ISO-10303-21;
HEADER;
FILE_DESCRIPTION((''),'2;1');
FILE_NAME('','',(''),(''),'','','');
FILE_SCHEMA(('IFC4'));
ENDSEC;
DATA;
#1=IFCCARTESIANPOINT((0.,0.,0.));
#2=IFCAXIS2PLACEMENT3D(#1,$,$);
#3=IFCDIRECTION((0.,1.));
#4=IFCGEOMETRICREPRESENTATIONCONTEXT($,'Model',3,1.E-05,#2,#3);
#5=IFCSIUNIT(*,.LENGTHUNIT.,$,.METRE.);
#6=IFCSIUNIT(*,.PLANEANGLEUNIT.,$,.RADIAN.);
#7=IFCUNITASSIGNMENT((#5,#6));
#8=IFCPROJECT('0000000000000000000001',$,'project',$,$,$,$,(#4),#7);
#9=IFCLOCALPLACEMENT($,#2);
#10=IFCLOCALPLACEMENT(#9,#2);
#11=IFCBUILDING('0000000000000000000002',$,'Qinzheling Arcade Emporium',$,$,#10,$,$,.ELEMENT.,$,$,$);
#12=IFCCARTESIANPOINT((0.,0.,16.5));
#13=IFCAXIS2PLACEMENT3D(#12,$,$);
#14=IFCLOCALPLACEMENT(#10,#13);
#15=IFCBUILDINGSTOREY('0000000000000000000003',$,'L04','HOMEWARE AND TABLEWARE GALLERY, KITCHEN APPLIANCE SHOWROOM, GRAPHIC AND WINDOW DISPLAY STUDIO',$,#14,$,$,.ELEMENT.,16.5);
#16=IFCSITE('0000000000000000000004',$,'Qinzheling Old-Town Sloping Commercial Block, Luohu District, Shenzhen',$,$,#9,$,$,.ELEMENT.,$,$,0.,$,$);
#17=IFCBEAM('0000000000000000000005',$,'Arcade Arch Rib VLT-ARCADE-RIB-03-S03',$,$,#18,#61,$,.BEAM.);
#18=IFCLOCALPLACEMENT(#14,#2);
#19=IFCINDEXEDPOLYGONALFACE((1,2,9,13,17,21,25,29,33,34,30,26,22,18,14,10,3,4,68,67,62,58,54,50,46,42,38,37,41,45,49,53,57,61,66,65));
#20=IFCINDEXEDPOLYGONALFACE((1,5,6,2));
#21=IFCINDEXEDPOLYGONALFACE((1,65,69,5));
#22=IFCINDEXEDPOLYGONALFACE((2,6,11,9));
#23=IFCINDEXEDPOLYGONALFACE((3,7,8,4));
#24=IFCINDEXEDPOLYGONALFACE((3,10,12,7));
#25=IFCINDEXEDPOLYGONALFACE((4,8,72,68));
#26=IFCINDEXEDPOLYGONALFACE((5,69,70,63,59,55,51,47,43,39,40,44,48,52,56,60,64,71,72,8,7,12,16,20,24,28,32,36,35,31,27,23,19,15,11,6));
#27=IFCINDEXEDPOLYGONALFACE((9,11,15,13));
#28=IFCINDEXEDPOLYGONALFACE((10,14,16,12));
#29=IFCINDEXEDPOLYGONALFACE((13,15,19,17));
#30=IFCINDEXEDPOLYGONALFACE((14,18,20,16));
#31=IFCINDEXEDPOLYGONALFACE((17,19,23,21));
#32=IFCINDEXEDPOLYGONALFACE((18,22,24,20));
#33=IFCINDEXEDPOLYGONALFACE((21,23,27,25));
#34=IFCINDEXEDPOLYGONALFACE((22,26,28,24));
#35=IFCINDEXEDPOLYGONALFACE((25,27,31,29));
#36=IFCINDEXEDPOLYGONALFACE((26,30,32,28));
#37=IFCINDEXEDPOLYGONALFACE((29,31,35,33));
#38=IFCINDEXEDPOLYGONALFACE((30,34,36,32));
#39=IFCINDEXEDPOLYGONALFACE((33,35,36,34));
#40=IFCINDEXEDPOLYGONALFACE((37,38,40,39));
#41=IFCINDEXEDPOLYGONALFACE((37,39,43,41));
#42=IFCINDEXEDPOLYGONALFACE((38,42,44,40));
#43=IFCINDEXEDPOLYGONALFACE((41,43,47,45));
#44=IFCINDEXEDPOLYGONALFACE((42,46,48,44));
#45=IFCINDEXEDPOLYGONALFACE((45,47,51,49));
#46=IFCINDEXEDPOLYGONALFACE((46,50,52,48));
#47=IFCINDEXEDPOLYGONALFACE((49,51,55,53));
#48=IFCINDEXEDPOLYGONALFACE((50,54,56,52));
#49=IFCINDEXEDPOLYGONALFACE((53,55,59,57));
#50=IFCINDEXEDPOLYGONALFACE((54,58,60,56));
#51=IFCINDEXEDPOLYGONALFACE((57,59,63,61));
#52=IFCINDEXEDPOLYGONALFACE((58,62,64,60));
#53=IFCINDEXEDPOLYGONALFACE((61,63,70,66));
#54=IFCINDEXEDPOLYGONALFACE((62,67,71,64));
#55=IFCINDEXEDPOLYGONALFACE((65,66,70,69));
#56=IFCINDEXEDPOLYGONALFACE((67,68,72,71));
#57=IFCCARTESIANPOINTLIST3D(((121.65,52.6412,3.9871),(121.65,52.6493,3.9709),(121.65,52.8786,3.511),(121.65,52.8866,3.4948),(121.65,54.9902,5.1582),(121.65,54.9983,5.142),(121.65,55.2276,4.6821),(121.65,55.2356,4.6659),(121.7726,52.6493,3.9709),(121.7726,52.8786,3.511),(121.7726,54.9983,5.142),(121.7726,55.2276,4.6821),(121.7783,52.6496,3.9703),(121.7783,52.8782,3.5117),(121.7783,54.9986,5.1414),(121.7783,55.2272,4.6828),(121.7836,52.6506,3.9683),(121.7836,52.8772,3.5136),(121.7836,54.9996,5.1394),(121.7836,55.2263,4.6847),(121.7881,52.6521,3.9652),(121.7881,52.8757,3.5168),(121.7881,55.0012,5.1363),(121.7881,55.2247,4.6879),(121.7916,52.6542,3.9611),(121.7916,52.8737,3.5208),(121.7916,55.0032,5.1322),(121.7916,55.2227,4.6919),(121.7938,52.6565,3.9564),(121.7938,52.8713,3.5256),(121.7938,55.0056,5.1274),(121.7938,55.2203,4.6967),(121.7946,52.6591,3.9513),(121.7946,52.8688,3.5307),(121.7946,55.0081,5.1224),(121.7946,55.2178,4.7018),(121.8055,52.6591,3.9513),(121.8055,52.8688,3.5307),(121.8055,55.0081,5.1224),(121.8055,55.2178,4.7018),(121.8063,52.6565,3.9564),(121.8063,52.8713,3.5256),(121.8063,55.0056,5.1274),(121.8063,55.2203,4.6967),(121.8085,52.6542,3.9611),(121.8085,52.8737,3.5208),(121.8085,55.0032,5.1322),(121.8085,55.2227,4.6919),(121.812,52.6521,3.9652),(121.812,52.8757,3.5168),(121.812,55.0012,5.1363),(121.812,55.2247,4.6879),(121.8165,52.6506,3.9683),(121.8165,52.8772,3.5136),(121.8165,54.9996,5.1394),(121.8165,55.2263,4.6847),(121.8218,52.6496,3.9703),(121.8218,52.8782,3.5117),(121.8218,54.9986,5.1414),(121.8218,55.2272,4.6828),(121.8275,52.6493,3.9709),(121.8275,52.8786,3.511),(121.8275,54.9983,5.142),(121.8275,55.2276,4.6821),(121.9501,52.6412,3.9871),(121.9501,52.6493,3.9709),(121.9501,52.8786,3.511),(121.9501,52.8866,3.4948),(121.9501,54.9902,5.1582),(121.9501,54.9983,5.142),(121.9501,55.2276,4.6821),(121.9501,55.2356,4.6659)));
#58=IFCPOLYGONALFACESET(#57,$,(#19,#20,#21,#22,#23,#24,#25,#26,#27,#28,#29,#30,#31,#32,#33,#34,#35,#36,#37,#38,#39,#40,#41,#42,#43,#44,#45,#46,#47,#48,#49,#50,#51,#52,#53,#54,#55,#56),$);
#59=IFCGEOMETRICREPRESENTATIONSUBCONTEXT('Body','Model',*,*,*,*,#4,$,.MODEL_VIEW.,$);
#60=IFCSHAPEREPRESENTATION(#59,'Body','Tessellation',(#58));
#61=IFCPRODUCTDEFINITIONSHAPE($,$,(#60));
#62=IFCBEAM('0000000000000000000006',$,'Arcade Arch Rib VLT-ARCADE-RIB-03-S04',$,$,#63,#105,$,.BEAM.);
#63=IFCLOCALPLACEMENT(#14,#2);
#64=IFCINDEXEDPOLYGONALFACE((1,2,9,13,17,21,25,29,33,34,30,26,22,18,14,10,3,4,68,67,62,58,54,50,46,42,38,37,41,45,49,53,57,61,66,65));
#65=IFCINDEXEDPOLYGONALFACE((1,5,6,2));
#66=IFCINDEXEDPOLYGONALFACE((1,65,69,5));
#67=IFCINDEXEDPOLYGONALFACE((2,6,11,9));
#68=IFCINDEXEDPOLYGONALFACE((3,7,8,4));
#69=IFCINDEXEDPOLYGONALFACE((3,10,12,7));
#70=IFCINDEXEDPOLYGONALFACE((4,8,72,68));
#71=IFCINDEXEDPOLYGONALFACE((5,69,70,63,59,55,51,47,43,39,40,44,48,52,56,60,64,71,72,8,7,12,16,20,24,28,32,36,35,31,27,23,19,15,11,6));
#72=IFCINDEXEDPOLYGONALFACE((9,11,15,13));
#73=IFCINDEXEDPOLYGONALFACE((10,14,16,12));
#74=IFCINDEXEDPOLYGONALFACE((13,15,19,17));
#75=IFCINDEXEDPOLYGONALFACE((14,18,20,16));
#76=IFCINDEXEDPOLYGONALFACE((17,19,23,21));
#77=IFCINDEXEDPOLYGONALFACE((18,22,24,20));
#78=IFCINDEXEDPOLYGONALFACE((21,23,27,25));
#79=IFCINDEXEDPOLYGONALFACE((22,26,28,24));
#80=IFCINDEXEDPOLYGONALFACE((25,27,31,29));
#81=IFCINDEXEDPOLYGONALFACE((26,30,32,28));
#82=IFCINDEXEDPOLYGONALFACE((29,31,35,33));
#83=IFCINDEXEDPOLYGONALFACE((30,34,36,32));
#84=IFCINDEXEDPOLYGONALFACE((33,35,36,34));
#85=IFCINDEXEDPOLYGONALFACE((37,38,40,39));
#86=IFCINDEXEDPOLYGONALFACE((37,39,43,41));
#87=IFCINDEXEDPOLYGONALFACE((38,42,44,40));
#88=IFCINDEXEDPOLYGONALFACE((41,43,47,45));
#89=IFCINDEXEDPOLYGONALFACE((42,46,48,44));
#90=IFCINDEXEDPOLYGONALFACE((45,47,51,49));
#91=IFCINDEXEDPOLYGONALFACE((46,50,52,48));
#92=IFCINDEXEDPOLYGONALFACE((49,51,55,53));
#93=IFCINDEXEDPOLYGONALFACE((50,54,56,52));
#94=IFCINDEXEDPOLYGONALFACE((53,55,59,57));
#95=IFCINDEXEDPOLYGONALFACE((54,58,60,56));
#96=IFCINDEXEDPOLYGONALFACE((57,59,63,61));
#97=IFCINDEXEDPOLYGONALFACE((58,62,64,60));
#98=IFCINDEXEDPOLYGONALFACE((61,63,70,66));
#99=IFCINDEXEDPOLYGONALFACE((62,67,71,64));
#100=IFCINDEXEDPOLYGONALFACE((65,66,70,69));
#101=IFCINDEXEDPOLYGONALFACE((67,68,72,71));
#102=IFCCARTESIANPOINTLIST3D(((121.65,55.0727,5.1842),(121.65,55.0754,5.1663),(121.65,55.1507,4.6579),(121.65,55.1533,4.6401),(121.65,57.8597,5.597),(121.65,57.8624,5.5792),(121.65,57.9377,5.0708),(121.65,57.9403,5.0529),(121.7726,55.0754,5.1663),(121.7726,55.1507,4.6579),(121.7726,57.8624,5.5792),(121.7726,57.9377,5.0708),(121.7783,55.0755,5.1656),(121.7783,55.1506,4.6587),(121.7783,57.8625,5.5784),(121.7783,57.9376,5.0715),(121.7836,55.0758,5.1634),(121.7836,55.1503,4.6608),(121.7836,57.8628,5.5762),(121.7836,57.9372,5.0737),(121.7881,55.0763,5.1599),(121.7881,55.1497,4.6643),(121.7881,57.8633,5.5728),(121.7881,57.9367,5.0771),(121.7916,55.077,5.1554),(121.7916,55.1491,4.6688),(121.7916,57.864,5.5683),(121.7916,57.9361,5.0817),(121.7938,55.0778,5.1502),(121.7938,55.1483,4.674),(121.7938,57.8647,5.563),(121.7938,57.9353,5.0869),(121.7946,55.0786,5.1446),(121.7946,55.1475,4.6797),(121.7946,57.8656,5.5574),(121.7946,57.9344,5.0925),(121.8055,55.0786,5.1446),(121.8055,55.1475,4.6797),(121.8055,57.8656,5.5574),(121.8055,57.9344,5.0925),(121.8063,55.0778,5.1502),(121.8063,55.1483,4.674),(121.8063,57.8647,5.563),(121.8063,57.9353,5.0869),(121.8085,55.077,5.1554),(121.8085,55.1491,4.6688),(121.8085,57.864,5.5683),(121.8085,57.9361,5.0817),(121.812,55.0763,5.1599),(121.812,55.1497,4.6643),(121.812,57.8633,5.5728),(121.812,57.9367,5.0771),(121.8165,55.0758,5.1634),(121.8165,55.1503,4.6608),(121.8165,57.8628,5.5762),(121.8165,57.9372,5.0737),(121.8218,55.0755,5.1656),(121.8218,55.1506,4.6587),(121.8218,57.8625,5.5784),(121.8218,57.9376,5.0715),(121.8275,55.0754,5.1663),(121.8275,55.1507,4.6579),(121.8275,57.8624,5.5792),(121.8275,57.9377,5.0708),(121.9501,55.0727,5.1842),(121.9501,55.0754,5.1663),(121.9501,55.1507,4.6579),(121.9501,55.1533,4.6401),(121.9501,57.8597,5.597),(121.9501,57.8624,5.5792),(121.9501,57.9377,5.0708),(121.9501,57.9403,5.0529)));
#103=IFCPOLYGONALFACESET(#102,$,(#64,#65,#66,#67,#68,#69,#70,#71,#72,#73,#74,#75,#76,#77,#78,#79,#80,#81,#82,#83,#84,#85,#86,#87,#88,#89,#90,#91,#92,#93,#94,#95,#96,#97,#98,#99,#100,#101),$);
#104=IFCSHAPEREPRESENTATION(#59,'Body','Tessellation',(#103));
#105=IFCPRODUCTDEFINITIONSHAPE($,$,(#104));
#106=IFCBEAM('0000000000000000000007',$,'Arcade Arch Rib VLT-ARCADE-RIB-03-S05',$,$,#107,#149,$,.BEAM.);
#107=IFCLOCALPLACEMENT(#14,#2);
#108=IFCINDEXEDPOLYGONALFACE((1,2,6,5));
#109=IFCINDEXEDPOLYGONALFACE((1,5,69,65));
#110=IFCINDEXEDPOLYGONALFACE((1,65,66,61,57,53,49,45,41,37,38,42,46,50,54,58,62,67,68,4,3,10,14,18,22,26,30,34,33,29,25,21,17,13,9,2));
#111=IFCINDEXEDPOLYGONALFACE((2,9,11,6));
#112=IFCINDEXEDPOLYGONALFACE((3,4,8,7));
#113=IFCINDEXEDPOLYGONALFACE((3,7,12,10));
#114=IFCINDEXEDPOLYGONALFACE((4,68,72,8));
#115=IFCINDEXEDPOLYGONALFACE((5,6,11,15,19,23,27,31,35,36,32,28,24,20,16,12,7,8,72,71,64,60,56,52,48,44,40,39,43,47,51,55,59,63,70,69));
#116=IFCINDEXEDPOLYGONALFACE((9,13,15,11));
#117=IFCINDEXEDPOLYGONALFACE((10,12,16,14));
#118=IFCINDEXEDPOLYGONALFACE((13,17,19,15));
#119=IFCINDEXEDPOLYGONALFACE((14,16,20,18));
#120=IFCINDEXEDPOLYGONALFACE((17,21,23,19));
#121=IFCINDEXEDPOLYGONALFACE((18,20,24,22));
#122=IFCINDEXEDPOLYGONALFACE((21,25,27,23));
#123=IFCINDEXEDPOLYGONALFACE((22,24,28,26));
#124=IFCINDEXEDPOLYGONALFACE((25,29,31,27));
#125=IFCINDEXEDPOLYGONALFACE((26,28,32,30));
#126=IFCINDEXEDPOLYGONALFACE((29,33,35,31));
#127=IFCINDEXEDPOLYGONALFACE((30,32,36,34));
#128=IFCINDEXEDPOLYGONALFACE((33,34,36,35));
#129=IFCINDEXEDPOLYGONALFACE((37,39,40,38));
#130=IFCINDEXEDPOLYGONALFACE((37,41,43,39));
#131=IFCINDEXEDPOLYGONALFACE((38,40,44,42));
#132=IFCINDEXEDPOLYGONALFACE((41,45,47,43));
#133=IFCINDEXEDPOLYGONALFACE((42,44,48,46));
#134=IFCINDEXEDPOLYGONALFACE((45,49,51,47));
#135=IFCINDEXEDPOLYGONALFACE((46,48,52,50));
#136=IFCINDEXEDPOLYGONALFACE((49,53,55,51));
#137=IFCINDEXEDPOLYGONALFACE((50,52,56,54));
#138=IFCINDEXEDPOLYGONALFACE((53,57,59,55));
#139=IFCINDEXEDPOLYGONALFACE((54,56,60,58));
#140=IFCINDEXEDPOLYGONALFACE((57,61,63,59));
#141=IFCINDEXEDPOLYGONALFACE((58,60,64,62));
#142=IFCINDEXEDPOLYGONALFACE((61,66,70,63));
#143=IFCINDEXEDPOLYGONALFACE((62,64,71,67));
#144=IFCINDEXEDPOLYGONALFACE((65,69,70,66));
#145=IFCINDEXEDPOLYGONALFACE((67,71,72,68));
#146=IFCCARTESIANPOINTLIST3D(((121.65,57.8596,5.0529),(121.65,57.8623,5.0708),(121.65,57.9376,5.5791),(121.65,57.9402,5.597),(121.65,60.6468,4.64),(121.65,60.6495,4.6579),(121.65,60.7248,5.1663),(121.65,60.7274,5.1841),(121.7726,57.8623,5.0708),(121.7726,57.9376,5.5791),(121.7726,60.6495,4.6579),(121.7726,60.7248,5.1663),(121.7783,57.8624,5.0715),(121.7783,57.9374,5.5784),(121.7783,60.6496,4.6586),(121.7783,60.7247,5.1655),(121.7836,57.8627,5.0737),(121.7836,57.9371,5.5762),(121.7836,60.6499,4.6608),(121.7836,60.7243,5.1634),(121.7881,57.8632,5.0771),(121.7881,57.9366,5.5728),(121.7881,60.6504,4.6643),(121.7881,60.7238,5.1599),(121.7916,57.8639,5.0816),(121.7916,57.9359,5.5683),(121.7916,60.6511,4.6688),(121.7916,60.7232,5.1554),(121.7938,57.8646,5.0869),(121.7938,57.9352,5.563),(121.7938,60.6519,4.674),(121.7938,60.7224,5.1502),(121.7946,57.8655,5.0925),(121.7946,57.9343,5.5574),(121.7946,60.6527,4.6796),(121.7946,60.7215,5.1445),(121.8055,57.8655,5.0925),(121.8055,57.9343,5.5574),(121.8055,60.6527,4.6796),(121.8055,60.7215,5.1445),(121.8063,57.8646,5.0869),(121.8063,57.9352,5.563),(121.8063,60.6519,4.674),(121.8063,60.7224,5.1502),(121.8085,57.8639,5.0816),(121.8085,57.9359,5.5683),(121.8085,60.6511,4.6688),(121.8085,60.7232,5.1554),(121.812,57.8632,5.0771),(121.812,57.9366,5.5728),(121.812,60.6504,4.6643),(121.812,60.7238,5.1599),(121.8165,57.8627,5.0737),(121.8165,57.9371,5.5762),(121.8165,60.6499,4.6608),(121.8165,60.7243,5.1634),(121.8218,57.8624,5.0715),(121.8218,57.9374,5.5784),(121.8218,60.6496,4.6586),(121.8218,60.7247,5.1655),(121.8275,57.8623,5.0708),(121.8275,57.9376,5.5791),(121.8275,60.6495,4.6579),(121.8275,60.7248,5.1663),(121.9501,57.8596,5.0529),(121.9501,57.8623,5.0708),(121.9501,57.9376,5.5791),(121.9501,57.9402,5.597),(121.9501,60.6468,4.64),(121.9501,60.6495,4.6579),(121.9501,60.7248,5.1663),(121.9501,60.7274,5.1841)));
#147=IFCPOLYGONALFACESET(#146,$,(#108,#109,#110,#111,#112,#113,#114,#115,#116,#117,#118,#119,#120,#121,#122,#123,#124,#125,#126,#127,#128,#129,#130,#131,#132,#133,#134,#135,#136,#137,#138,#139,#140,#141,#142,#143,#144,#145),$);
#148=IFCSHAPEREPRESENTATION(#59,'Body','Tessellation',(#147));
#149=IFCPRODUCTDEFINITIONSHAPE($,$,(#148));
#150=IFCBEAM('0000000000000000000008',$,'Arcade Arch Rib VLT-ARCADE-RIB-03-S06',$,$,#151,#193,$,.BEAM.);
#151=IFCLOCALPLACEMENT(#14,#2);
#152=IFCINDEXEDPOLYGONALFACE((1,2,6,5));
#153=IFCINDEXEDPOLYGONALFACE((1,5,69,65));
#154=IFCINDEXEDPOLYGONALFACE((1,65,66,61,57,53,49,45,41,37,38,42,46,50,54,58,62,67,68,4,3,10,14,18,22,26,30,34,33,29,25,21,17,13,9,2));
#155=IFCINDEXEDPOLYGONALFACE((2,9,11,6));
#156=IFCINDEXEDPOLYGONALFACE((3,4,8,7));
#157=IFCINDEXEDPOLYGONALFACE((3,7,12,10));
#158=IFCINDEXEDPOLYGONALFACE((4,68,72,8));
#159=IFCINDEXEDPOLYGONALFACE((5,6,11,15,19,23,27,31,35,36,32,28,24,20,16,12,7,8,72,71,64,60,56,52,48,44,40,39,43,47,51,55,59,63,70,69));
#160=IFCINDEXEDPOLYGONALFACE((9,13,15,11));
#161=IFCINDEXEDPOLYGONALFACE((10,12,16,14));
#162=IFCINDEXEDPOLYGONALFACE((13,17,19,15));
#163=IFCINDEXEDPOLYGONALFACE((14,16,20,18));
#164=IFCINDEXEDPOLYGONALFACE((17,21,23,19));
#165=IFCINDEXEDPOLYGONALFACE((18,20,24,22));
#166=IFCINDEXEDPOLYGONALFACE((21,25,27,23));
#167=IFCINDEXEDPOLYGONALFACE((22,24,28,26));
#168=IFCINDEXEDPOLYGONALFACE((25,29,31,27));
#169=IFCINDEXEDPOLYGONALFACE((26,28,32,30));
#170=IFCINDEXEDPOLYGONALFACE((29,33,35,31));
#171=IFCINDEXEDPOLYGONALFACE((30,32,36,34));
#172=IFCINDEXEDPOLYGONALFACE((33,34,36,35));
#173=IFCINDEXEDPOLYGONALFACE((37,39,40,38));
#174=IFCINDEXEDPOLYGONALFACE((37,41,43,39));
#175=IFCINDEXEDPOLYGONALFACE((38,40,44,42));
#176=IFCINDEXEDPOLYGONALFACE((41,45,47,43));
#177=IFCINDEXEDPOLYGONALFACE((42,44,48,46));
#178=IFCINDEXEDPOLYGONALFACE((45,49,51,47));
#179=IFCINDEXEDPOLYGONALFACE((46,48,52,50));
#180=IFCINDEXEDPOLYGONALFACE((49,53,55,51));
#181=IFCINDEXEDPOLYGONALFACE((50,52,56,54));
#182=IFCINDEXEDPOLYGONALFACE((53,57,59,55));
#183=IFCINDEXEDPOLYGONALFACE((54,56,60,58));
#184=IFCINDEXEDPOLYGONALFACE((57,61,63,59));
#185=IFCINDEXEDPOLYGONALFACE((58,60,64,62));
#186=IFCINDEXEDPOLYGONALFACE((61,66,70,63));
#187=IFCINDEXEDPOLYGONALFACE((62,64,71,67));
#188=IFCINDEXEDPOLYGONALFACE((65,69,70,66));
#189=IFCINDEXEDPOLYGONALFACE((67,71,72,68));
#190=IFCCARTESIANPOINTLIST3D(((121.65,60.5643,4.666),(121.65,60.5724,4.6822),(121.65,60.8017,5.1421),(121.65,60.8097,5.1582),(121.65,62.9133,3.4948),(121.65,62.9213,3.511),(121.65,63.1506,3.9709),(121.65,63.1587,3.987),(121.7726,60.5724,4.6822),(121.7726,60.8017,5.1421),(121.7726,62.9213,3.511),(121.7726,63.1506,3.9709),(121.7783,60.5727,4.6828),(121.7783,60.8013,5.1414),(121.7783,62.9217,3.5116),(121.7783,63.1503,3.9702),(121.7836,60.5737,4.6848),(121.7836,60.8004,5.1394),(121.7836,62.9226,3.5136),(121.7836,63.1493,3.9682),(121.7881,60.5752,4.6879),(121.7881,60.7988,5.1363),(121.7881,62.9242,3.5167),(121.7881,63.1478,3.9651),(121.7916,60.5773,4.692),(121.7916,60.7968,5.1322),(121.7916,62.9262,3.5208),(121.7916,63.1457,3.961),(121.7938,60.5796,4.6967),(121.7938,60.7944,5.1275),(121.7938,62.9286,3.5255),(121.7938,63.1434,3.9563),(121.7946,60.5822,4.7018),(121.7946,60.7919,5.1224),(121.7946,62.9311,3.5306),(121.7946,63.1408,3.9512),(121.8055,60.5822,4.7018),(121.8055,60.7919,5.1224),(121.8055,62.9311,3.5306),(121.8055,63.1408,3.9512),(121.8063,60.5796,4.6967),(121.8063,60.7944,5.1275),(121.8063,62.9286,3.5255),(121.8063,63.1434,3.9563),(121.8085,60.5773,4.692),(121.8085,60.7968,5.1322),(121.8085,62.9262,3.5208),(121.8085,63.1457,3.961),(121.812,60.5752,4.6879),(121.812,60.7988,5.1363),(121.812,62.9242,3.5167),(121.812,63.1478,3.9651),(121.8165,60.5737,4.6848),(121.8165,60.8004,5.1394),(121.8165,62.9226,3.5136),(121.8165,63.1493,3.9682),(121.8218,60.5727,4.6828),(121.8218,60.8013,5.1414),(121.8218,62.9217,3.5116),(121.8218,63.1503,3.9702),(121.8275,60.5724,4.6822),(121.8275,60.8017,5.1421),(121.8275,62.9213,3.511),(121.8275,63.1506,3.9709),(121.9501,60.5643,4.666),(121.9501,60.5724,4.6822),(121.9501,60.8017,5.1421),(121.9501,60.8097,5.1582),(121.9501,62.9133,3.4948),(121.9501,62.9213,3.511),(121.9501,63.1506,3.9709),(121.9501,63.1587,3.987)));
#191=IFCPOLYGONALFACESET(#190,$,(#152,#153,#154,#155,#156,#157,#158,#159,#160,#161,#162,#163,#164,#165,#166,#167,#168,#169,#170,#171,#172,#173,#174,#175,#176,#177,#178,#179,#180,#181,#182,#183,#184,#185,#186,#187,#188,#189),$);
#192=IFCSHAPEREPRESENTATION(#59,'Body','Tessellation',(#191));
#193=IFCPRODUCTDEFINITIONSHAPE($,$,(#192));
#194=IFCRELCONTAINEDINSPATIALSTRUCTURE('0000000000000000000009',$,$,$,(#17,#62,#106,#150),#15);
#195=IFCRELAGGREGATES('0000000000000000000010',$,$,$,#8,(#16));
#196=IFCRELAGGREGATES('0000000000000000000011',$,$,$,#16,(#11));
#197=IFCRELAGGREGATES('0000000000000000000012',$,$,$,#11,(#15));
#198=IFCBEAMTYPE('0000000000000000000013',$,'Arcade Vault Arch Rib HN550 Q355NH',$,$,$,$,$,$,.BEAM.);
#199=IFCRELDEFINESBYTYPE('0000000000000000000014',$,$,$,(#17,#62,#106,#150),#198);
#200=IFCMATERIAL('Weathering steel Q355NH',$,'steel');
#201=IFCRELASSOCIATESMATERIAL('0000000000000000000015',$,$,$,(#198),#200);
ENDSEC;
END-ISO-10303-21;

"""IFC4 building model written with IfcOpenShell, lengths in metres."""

from ifc_helpers import new_model, si_unit, direction, frame, origin, origin_2d, place, context, subcontext, project, spatial, i_section, extrude, material, material_profile, profile_set, type_object, element, save


model = new_model("IFC4")

# Units and contexts
model_context = context("Model", 3, precision=1e-05, world=origin(), true_north=direction((0.0, 1.0)))
body_context = subcontext(model_context, "Body", "Model", "MODEL_VIEW")
ifc_project = project(units=[si_unit("LENGTHUNIT", "METRE"), si_unit("PLANEANGLEUNIT", "RADIAN")], contexts=[model_context])

# Site, building, storey
site_placement = place(None, origin())
site = spatial("IfcSite", under=ifc_project, at=site_placement, Name="Qinzheling Old-Town Sloping Commercial Block, Luohu District, Shenzhen", CompositionType="ELEMENT", RefElevation=0.0)
building_placement = place(site_placement, origin())
building = spatial("IfcBuilding", under=site, at=building_placement, Name="Qinzheling Arcade Emporium", CompositionType="ELEMENT")
storey_placement = place(building_placement, frame((0.0, 0.0, 16.5)))
storey = spatial("IfcBuildingStorey", under=building, at=storey_placement, Name="L04", Description="HOMEWARE AND TABLEWARE GALLERY, KITCHEN APPLIANCE SHOWROOM, GRAPHIC AND WINDOW DISPLAY STUDIO", CompositionType="ELEMENT", Elevation=16.5)

# Shared definitions
ifc_material_1 = material(Name="Weathering steel Q355NH", Category="steel")

# Beams
ifc_material_profile_1 = material_profile(ifc_material_1, i_section(OverallWidth=0.3, OverallDepth=0.55, WebThickness=0.011, FlangeThickness=0.0181, FilletRadius=0.022, at=origin_2d()), Name="HN 550x300x11x18", Category="steel")
ifc_profile_set_1 = profile_set([ifc_material_profile_1], Name="Weathering steel Q355NH")
beam_type_1 = type_object("IfcBeamType", Name="Arcade Vault Arch Rib HN550 Q355NH", PredefinedType="BEAM", material=ifc_profile_set_1)
beam_1_placement = place(storey_placement, frame((121.8, 52.7639, 3.741), z_axis=(0.0, 0.894947, 0.446172), x_axis=(-1.0, 0.0, 0.0)))
element("IfcBeam", 1, at=beam_1_placement, inside=storey, type_object=beam_type_1, Name="Arcade Arch Rib VLT-ARCADE-RIB-03-S03", PredefinedType="BEAM", context=body_context, shape_type="SweptSolid", body=[
    extrude(i_section(OverallWidth=0.3, OverallDepth=0.55, WebThickness=0.011, FlangeThickness=0.0181, FilletRadius=0.022, at=origin_2d()), origin(), (0.0, 0.0, 1.0), 2.6248),
])
beam_2_placement = place(storey_placement, frame((121.8, 55.113, 4.9121), z_axis=(0.0, 0.989205, 0.146539), x_axis=(-1.0, 0.0, 0.0)))
element("IfcBeam", 2, at=beam_2_placement, inside=storey, type_object=beam_type_1, Name="Arcade Arch Rib VLT-ARCADE-RIB-03-S04", PredefinedType="BEAM", context=body_context, shape_type="SweptSolid", body=[
    extrude(i_section(OverallWidth=0.3, OverallDepth=0.55, WebThickness=0.011, FlangeThickness=0.0181, FilletRadius=0.022, at=origin_2d()), origin(), (0.0, 0.0, 1.0), 2.8174),
])
beam_3_placement = place(storey_placement, frame((121.8, 57.8999, 5.325), z_axis=(0.0, 0.989207, -0.146527), x_axis=(-1.0, 0.0, 0.0)))
element("IfcBeam", 3, at=beam_3_placement, inside=storey, type_object=beam_type_1, Name="Arcade Arch Rib VLT-ARCADE-RIB-03-S05", PredefinedType="BEAM", context=body_context, shape_type="SweptSolid", body=[
    extrude(i_section(OverallWidth=0.3, OverallDepth=0.55, WebThickness=0.011, FlangeThickness=0.0181, FilletRadius=0.022, at=origin_2d()), origin(), (0.0, 0.0, 1.0), 2.8176),
])
beam_4_placement = place(storey_placement, frame((121.8, 60.687, 4.9121), z_axis=(0.0, 0.894929, -0.446209), x_axis=(-1.0, 0.0, 0.0)))
element("IfcBeam", 4, at=beam_4_placement, inside=storey, type_object=beam_type_1, Name="Arcade Arch Rib VLT-ARCADE-RIB-03-S06", PredefinedType="BEAM", context=body_context, shape_type="SweptSolid", body=[
    extrude(i_section(OverallWidth=0.3, OverallDepth=0.55, WebThickness=0.011, FlangeThickness=0.0181, FilletRadius=0.022, at=origin_2d()), origin(), (0.0, 0.0, 1.0), 2.6248),
])

save(model, "model.ifc")
